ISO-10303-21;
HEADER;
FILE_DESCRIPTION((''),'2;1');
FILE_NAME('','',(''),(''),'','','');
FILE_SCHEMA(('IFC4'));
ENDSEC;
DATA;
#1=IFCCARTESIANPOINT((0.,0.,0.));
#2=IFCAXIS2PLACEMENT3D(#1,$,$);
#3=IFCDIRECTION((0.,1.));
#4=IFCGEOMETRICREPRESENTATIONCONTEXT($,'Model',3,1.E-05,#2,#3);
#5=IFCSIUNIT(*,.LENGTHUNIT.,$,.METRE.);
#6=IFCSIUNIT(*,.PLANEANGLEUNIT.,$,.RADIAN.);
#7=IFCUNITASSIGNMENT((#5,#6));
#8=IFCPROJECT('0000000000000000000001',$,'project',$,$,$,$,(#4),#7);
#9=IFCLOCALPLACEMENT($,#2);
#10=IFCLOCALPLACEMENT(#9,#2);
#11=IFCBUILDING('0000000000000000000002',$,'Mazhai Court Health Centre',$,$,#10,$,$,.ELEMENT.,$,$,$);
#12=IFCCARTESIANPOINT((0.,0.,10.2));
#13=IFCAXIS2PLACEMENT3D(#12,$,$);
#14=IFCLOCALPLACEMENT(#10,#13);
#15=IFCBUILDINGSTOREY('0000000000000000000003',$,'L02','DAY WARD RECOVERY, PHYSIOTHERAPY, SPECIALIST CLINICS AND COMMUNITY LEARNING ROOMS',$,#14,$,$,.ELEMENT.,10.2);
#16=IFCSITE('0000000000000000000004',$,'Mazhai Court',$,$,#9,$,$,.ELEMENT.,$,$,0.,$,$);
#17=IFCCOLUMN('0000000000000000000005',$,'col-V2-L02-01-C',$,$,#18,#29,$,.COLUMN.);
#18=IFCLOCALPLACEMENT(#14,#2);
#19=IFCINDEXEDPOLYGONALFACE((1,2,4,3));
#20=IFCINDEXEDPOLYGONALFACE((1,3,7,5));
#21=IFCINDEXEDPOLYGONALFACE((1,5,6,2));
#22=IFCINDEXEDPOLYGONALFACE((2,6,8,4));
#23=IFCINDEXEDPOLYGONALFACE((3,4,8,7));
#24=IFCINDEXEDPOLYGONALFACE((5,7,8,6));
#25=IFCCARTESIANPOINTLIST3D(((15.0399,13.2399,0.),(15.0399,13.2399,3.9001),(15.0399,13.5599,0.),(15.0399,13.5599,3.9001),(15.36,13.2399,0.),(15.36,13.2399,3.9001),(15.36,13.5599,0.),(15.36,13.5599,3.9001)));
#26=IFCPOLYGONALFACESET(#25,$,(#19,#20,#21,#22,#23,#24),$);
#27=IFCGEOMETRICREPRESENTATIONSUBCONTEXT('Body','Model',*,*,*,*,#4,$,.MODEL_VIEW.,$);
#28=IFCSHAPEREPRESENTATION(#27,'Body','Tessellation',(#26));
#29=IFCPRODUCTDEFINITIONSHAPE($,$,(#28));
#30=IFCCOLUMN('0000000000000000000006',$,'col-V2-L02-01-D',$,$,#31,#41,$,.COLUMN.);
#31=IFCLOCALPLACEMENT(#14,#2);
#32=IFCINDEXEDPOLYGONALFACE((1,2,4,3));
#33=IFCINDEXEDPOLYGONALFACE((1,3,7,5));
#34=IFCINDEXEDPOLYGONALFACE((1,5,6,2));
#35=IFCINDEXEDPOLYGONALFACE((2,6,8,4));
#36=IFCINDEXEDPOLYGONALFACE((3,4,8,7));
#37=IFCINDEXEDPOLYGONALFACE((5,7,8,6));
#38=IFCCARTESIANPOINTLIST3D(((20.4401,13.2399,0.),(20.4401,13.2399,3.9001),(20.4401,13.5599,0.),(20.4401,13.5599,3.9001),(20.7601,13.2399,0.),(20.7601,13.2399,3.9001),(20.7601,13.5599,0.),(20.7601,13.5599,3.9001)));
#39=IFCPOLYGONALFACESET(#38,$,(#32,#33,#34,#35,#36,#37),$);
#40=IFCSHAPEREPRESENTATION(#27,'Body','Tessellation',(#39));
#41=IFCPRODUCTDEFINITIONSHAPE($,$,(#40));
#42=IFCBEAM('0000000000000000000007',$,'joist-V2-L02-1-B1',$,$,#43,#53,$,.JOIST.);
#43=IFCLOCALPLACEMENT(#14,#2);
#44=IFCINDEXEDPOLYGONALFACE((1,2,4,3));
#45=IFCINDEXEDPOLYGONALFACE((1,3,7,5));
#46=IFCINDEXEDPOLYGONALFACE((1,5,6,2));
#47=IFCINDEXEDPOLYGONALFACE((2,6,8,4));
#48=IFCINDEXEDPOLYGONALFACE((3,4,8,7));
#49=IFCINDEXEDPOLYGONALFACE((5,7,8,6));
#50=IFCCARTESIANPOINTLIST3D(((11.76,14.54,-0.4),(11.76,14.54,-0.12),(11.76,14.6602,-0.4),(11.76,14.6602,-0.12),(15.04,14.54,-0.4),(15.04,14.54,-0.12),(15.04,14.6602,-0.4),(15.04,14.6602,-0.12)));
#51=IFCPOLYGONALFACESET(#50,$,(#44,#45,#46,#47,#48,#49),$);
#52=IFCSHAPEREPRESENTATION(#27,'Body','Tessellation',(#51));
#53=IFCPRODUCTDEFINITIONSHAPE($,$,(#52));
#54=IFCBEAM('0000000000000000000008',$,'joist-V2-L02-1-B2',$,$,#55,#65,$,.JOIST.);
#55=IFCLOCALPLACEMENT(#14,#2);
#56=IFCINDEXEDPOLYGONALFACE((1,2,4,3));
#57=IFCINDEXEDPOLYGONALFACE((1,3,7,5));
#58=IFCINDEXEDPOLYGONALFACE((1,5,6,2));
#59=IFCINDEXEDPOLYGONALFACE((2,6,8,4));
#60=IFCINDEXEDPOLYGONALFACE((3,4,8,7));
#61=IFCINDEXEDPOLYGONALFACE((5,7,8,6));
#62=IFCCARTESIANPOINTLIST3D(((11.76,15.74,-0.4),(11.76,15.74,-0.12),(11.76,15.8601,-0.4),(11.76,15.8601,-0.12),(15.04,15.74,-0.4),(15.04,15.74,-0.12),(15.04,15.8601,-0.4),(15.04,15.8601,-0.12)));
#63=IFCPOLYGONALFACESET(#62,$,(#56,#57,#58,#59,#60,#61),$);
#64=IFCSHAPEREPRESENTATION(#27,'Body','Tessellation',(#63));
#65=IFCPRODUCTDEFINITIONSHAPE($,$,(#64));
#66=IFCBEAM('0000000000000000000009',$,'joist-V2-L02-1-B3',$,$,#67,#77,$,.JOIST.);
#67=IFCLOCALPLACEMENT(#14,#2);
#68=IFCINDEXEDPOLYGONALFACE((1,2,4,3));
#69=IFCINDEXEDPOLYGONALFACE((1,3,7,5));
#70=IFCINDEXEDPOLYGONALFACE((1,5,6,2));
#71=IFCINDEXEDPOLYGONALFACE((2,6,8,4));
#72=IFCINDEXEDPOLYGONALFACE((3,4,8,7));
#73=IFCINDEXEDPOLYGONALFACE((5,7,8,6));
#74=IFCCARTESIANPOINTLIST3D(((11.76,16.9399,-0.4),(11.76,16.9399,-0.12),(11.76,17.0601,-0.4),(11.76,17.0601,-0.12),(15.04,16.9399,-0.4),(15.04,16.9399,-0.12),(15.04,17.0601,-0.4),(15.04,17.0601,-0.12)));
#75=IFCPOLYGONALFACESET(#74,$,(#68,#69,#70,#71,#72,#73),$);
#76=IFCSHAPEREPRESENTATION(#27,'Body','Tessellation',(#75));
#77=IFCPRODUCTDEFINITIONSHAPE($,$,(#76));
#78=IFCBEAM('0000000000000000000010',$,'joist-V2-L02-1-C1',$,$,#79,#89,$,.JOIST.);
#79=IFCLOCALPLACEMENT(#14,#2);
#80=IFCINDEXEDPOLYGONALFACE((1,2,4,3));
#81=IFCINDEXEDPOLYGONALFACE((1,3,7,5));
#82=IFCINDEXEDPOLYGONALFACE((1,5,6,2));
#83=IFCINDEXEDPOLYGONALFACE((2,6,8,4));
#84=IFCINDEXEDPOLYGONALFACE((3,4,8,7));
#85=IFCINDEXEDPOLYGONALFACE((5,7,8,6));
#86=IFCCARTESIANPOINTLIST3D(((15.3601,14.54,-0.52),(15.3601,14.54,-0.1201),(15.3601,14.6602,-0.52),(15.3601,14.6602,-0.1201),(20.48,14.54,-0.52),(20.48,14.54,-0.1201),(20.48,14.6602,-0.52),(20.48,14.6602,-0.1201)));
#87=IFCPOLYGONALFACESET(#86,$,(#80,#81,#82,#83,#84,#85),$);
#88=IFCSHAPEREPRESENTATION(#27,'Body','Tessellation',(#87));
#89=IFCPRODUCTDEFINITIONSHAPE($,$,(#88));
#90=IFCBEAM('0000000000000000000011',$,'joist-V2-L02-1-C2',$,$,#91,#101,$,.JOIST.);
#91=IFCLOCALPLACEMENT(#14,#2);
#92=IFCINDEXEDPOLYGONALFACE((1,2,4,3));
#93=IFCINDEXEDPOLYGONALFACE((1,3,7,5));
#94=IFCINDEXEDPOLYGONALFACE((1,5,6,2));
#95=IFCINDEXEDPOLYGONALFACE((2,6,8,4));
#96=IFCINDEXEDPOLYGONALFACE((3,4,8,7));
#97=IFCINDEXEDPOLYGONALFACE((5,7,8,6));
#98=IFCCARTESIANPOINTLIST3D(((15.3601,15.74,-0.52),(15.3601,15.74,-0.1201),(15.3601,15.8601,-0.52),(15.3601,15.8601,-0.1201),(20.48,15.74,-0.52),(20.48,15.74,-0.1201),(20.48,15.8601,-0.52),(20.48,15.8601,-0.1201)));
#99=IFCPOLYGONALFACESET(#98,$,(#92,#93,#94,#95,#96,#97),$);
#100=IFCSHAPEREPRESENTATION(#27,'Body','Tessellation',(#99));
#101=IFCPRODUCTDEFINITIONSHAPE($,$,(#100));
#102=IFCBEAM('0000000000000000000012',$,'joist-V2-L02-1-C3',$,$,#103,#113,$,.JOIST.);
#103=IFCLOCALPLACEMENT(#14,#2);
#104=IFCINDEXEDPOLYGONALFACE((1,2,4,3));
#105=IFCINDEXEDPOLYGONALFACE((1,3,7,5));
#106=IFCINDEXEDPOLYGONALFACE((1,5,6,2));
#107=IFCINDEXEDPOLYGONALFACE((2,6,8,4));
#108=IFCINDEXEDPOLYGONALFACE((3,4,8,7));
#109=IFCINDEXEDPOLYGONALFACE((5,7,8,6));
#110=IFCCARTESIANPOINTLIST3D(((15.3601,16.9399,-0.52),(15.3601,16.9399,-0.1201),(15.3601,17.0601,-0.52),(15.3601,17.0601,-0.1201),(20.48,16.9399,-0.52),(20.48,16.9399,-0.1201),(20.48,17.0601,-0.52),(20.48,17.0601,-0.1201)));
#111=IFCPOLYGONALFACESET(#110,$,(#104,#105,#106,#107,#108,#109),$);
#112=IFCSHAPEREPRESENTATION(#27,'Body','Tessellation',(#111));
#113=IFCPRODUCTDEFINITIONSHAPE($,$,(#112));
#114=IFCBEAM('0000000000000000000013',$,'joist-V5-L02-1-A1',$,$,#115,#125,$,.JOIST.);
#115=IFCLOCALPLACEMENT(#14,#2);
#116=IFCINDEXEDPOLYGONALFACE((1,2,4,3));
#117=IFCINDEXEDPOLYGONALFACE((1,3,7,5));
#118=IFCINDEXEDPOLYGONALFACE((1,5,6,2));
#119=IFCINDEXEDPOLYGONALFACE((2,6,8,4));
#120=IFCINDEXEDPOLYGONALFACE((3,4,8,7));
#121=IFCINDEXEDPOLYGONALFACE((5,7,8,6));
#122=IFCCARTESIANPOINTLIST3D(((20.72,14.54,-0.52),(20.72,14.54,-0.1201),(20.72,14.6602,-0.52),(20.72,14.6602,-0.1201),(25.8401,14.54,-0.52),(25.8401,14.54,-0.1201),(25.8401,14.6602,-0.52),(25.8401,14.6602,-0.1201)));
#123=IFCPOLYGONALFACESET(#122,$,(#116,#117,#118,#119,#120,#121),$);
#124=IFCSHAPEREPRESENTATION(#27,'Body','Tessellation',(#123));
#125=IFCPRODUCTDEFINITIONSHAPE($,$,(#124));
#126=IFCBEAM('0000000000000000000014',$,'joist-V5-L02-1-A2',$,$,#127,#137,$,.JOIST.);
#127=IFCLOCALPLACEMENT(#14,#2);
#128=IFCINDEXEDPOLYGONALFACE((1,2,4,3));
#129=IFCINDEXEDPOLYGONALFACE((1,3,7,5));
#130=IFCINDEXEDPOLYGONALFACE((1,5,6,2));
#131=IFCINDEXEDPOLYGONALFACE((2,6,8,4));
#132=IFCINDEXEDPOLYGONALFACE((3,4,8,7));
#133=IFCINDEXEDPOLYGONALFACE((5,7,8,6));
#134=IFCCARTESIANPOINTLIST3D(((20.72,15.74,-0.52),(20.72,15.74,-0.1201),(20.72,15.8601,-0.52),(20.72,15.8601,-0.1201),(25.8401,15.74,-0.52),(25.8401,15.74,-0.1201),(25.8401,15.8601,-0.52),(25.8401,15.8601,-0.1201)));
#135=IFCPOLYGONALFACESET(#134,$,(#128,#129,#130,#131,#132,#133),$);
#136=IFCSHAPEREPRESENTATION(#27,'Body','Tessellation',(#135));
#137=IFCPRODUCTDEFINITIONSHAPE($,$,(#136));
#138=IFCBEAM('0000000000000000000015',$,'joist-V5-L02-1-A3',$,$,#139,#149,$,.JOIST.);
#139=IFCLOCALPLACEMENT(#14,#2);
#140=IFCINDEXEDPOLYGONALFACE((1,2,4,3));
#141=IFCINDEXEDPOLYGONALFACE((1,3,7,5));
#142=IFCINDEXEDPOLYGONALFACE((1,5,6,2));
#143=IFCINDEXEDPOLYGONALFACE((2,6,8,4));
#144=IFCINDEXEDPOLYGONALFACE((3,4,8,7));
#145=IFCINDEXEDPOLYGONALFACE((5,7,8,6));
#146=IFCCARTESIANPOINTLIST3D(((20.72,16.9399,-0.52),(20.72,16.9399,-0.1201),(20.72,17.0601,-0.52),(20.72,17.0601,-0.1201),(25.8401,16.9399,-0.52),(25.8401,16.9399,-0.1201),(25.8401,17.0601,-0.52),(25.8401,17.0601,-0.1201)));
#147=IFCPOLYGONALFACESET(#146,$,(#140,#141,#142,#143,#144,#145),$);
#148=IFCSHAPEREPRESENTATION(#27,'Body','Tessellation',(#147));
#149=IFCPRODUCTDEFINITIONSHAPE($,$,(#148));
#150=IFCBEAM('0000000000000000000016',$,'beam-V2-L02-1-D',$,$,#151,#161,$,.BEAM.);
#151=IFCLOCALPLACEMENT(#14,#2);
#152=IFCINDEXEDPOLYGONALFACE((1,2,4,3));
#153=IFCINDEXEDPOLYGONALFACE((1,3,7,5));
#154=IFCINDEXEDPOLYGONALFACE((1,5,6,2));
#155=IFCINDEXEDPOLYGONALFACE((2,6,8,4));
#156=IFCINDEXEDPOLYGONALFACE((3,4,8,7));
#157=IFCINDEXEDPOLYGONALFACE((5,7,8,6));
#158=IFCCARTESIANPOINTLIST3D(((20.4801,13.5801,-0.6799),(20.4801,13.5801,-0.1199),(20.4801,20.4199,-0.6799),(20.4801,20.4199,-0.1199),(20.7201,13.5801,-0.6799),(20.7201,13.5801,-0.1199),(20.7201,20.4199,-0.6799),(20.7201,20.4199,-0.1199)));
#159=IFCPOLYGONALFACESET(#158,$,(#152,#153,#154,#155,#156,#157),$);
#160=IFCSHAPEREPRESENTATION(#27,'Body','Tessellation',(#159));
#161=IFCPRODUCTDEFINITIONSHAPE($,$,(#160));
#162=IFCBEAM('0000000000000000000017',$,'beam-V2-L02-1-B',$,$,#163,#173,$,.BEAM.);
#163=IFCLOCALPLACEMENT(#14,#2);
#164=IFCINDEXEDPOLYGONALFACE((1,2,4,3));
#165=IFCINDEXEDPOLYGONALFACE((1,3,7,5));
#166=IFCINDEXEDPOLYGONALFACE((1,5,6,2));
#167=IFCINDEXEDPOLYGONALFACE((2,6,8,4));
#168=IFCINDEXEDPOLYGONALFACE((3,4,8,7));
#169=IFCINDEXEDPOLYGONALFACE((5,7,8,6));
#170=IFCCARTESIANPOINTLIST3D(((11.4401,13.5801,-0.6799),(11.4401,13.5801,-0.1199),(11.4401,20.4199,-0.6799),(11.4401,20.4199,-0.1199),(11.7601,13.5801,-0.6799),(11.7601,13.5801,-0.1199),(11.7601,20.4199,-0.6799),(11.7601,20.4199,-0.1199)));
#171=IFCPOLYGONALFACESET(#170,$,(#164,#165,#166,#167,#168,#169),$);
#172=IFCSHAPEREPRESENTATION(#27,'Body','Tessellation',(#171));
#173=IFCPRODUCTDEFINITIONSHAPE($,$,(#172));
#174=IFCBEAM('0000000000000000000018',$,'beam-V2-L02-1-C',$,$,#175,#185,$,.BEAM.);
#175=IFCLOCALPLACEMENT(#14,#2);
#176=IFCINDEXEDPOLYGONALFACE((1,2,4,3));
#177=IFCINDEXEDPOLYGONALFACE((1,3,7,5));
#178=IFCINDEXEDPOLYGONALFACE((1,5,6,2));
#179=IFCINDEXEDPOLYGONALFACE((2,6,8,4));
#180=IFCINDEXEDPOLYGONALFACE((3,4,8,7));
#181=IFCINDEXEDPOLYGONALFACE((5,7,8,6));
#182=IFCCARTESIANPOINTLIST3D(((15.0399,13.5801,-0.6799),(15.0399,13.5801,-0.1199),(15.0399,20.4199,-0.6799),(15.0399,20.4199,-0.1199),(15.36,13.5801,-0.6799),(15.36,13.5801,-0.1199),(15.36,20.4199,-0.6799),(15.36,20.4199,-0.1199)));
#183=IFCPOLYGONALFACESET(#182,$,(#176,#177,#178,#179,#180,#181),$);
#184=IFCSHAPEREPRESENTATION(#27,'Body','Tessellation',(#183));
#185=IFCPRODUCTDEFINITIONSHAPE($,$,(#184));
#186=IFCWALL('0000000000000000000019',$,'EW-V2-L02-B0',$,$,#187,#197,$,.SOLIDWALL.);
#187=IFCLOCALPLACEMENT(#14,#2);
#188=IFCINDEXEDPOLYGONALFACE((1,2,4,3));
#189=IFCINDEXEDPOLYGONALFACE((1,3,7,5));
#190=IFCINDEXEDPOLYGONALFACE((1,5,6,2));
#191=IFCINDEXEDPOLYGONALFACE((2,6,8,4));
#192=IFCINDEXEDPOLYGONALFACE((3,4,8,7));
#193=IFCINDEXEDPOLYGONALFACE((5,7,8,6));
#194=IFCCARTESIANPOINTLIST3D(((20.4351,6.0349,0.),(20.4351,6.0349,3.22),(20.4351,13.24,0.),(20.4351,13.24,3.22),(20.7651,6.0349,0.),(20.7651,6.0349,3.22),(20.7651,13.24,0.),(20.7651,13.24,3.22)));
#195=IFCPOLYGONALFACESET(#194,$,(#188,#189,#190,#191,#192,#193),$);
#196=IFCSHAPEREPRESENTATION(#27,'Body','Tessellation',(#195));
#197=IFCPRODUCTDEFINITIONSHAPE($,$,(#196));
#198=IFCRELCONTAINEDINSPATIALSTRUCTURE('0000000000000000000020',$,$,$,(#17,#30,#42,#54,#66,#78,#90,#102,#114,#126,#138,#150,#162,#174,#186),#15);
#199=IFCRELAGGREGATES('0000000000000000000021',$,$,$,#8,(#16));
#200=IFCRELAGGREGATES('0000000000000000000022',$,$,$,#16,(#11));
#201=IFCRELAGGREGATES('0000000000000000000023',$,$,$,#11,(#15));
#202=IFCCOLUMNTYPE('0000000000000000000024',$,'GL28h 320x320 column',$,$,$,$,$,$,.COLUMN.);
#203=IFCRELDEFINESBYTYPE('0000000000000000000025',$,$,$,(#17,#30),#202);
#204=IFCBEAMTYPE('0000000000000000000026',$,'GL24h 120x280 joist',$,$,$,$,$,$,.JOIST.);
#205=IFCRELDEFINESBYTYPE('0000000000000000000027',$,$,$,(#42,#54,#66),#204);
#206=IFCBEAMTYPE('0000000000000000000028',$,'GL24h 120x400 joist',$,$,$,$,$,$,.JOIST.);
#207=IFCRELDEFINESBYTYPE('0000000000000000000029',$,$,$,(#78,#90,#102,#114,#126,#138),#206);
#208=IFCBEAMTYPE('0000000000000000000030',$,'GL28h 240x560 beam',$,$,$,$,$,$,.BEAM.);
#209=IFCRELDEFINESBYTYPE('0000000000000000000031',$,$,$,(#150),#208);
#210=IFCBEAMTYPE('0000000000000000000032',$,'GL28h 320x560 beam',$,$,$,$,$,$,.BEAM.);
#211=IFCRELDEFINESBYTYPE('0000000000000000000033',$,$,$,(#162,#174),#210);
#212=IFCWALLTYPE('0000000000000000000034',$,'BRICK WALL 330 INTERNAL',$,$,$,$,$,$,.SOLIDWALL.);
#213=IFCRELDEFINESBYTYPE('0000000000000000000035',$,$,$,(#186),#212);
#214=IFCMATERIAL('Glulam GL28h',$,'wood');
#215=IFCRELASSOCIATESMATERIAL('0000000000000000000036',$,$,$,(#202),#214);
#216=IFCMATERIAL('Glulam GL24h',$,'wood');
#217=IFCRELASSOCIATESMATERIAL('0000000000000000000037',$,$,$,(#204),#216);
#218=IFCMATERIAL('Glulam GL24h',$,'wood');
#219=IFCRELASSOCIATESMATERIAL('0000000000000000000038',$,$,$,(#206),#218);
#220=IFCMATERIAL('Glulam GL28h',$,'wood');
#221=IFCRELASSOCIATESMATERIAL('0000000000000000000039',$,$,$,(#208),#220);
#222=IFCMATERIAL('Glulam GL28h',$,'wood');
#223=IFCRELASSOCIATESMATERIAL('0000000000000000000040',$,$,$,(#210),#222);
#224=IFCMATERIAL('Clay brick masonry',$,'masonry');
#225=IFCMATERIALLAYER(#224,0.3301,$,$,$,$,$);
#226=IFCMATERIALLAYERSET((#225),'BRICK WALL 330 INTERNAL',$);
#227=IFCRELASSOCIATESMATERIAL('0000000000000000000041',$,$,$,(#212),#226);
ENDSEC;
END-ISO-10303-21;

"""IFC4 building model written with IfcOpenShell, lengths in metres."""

from ifc_helpers import new_model, si_unit, direction, frame, frame_2d, origin, origin_2d, place, context, subcontext, project, spatial, rectangle, extrude, material, layer, layer_set, material_profile, profile_set, type_object, element, save


model = new_model("IFC4")

# Units and contexts
model_context = context("Model", 3, precision=1e-05, world=origin(), true_north=direction((0.0, 1.0)))
body_context = subcontext(model_context, "Body", "Model", "MODEL_VIEW")
ifc_project = project(units=[si_unit("LENGTHUNIT", "METRE"), si_unit("PLANEANGLEUNIT", "RADIAN")], contexts=[model_context])

# Site, building, storey
site_placement = place(None, origin())
site = spatial("IfcSite", under=ifc_project, at=site_placement, Name="Mazhai Court", CompositionType="ELEMENT", RefElevation=0.0)
building_placement = place(site_placement, origin())
building = spatial("IfcBuilding", under=site, at=building_placement, Name="Mazhai Court Health Centre", CompositionType="ELEMENT")
storey_placement = place(building_placement, frame((0.0, 0.0, 10.2)))
storey = spatial("IfcBuildingStorey", under=building, at=storey_placement, Name="L02", Description="DAY WARD RECOVERY, PHYSIOTHERAPY, SPECIALIST CLINICS AND COMMUNITY LEARNING ROOMS", CompositionType="ELEMENT", Elevation=10.2)

# Columns
ifc_material_1 = material(Name="Glulam GL28h", Category="wood")
ifc_material_profile_1 = material_profile(ifc_material_1, rectangle(XDim=0.3201, YDim=0.3201, at=origin_2d()), Name="GL28h 320x320")
ifc_profile_set_1 = profile_set([ifc_material_profile_1], Name="Glulam GL28h")
column_type = type_object("IfcColumnType", Name="GL28h 320x320 column", PredefinedType="COLUMN", material=ifc_profile_set_1)
for number, where, z_axis, x_axis, name in (
    (1, (15.2, 13.3999, 0.0), (0.0, 0.0, 1.0), (1.0, 0.0, 0.0), "col-V2-L02-01-C"),
    (2, (20.6001, 13.3999, 0.0), (0.0, 0.0, 1.0), (1.0, 0.0, 0.0), "col-V2-L02-01-D"),
):
    element("IfcColumn", number, at=place(storey_placement, frame(where, z_axis=z_axis, x_axis=x_axis)), inside=storey, type_object=column_type, Name=name, PredefinedType="COLUMN", context=body_context, shape_type="SweptSolid", body=[
        extrude(rectangle(XDim=0.3201, YDim=0.3201, at=origin_2d()), origin(), (0.0, 0.0, 1.0), 3.9001),
    ])

# Beams
ifc_material_2 = material(Name="Glulam GL24h", Category="wood")
ifc_material_profile_2 = material_profile(ifc_material_2, rectangle(XDim=0.1201, YDim=0.28, at=origin_2d()), Name="GL24h 120x280")
ifc_profile_set_2 = profile_set([ifc_material_profile_2], Name="Glulam GL24h")
beam_type_1 = type_object("IfcBeamType", Name="GL24h 120x280 joist", PredefinedType="JOIST", material=ifc_profile_set_2)
for number, where, z_axis, x_axis, name in (
    (3, (11.76, 14.6001, -0.26), (1.0, 0.0, 0.0), (0.0, 1.0, 0.0), "joist-V2-L02-1-B1"),
    (4, (11.76, 15.8, -0.26), (1.0, 0.0, 0.0), (0.0, 1.0, 0.0), "joist-V2-L02-1-B2"),
    (5, (11.76, 17.0, -0.26), (1.0, 0.0, 0.0), (0.0, 1.0, 0.0), "joist-V2-L02-1-B3"),
):
    element("IfcBeam", number, at=place(storey_placement, frame(where, z_axis=z_axis, x_axis=x_axis)), inside=storey, type_object=beam_type_1, Name=name, PredefinedType="JOIST", context=body_context, shape_type="SweptSolid", body=[
        extrude(rectangle(XDim=0.1201, YDim=0.28, at=origin_2d()), origin(), (0.0, 0.0, 1.0), 3.28),
    ])
ifc_material_3 = material(Name="Glulam GL24h", Category="wood")
ifc_material_profile_3 = material_profile(ifc_material_3, rectangle(XDim=0.1201, YDim=0.3999, at=origin_2d()), Name="GL24h 120x400")
ifc_profile_set_3 = profile_set([ifc_material_profile_3], Name="Glulam GL24h")
beam_type_2 = type_object("IfcBeamType", Name="GL24h 120x400 joist", PredefinedType="JOIST", material=ifc_profile_set_3)
for number, where, z_axis, x_axis, name in (
    (6, (15.3601, 14.6001, -0.3201), (1.0, 0.0, 0.0), (0.0, 1.0, 0.0), "joist-V2-L02-1-C1"),
    (7, (15.3601, 15.8, -0.3201), (1.0, 0.0, 0.0), (0.0, 1.0, 0.0), "joist-V2-L02-1-C2"),
    (8, (15.3601, 17.0, -0.3201), (1.0, 0.0, 0.0), (0.0, 1.0, 0.0), "joist-V2-L02-1-C3"),
):
    element("IfcBeam", number, at=place(storey_placement, frame(where, z_axis=z_axis, x_axis=x_axis)), inside=storey, type_object=beam_type_2, Name=name, PredefinedType="JOIST", context=body_context, shape_type="SweptSolid", body=[
        extrude(rectangle(XDim=0.1201, YDim=0.3999, at=origin_2d()), origin(), (0.0, 0.0, 1.0), 5.1199),
    ])
for number, where, z_axis, x_axis, name in (
    (9, (20.72, 14.6001, -0.3201), (1.0, 0.0, 0.0), (0.0, 1.0, 0.0), "joist-V5-L02-1-A1"),
    (10, (20.72, 15.8, -0.3201), (1.0, 0.0, 0.0), (0.0, 1.0, 0.0), "joist-V5-L02-1-A2"),
    (11, (20.72, 17.0, -0.3201), (1.0, 0.0, 0.0), (0.0, 1.0, 0.0), "joist-V5-L02-1-A3"),
):
    element("IfcBeam", number, at=place(storey_placement, frame(where, z_axis=z_axis, x_axis=x_axis)), inside=storey, type_object=beam_type_2, Name=name, PredefinedType="JOIST", context=body_context, shape_type="SweptSolid", body=[
        extrude(rectangle(XDim=0.1201, YDim=0.3999, at=origin_2d()), origin(), (0.0, 0.0, 1.0), 5.1201),
    ])
ifc_material_4 = material(Name="Glulam GL28h", Category="wood")
ifc_material_profile_4 = material_profile(ifc_material_4, rectangle(XDim=0.24, YDim=0.5601, at=origin_2d()), Name="GL28h 240x560")
ifc_profile_set_4 = profile_set([ifc_material_profile_4], Name="Glulam GL28h")
beam_type_3 = type_object("IfcBeamType", Name="GL28h 240x560 beam", PredefinedType="BEAM", material=ifc_profile_set_4)
beam_placement = place(storey_placement, frame((20.6001, 13.5801, -0.3999), z_axis=(0.0, 1.0, 0.0), x_axis=(-1.0, 0.0, 0.0)))
element("IfcBeam", 12, at=beam_placement, inside=storey, type_object=beam_type_3, Name="beam-V2-L02-1-D", PredefinedType="BEAM", context=body_context, shape_type="SweptSolid", body=[
    extrude(rectangle(XDim=0.24, YDim=0.5601, at=origin_2d()), origin(), (0.0, 0.0, 1.0), 6.8398),
])
ifc_material_5 = material(Name="Glulam GL28h", Category="wood")
ifc_material_profile_5 = material_profile(ifc_material_5, rectangle(XDim=0.3201, YDim=0.5601, at=origin_2d()), Name="GL28h 320x560")
ifc_profile_set_5 = profile_set([ifc_material_profile_5], Name="Glulam GL28h")
beam_type_4 = type_object("IfcBeamType", Name="GL28h 320x560 beam", PredefinedType="BEAM", material=ifc_profile_set_5)
for number, where, z_axis, x_axis, name in (
    (13, (11.6001, 13.5801, -0.3999), (0.0, 1.0, 0.0), (-1.0, 0.0, 0.0), "beam-V2-L02-1-B"),
    (14, (15.2, 13.5801, -0.3999), (0.0, 1.0, 0.0), (-1.0, 0.0, 0.0), "beam-V2-L02-1-C"),
):
    element("IfcBeam", number, at=place(storey_placement, frame(where, z_axis=z_axis, x_axis=x_axis)), inside=storey, type_object=beam_type_4, Name=name, PredefinedType="BEAM", context=body_context, shape_type="SweptSolid", body=[
        extrude(rectangle(XDim=0.3201, YDim=0.5601, at=origin_2d()), origin(), (0.0, 0.0, 1.0), 6.8398),
    ])

# Wall
ifc_material_6 = material(Name="Clay brick masonry", Category="masonry")
ifc_layer_1 = layer(ifc_material_6, 0.3301)
ifc_layer_set_1 = layer_set([ifc_layer_1], Name="BRICK WALL 330 INTERNAL")
wall_type_1 = type_object("IfcWallType", Name="BRICK WALL 330 INTERNAL", PredefinedType="SOLIDWALL", material=ifc_layer_set_1)
wall_1_placement = place(storey_placement, frame((20.6001, 13.24, 0.0), z_axis=(0.0, 0.0, 1.0), x_axis=(0.0, -1.0, 0.0)))
element("IfcWall", 15, at=wall_1_placement, inside=storey, type_object=wall_type_1, Name="EW-V2-L02-B0", PredefinedType="SOLIDWALL", context=body_context, shape_type="SweptSolid", body=[
    extrude(rectangle(XDim=7.2051, YDim=0.3301, at=frame_2d((3.6025, 0.0))), origin(), (0.0, 0.0, 1.0), 3.22),
])

save(model, "model.ifc")
